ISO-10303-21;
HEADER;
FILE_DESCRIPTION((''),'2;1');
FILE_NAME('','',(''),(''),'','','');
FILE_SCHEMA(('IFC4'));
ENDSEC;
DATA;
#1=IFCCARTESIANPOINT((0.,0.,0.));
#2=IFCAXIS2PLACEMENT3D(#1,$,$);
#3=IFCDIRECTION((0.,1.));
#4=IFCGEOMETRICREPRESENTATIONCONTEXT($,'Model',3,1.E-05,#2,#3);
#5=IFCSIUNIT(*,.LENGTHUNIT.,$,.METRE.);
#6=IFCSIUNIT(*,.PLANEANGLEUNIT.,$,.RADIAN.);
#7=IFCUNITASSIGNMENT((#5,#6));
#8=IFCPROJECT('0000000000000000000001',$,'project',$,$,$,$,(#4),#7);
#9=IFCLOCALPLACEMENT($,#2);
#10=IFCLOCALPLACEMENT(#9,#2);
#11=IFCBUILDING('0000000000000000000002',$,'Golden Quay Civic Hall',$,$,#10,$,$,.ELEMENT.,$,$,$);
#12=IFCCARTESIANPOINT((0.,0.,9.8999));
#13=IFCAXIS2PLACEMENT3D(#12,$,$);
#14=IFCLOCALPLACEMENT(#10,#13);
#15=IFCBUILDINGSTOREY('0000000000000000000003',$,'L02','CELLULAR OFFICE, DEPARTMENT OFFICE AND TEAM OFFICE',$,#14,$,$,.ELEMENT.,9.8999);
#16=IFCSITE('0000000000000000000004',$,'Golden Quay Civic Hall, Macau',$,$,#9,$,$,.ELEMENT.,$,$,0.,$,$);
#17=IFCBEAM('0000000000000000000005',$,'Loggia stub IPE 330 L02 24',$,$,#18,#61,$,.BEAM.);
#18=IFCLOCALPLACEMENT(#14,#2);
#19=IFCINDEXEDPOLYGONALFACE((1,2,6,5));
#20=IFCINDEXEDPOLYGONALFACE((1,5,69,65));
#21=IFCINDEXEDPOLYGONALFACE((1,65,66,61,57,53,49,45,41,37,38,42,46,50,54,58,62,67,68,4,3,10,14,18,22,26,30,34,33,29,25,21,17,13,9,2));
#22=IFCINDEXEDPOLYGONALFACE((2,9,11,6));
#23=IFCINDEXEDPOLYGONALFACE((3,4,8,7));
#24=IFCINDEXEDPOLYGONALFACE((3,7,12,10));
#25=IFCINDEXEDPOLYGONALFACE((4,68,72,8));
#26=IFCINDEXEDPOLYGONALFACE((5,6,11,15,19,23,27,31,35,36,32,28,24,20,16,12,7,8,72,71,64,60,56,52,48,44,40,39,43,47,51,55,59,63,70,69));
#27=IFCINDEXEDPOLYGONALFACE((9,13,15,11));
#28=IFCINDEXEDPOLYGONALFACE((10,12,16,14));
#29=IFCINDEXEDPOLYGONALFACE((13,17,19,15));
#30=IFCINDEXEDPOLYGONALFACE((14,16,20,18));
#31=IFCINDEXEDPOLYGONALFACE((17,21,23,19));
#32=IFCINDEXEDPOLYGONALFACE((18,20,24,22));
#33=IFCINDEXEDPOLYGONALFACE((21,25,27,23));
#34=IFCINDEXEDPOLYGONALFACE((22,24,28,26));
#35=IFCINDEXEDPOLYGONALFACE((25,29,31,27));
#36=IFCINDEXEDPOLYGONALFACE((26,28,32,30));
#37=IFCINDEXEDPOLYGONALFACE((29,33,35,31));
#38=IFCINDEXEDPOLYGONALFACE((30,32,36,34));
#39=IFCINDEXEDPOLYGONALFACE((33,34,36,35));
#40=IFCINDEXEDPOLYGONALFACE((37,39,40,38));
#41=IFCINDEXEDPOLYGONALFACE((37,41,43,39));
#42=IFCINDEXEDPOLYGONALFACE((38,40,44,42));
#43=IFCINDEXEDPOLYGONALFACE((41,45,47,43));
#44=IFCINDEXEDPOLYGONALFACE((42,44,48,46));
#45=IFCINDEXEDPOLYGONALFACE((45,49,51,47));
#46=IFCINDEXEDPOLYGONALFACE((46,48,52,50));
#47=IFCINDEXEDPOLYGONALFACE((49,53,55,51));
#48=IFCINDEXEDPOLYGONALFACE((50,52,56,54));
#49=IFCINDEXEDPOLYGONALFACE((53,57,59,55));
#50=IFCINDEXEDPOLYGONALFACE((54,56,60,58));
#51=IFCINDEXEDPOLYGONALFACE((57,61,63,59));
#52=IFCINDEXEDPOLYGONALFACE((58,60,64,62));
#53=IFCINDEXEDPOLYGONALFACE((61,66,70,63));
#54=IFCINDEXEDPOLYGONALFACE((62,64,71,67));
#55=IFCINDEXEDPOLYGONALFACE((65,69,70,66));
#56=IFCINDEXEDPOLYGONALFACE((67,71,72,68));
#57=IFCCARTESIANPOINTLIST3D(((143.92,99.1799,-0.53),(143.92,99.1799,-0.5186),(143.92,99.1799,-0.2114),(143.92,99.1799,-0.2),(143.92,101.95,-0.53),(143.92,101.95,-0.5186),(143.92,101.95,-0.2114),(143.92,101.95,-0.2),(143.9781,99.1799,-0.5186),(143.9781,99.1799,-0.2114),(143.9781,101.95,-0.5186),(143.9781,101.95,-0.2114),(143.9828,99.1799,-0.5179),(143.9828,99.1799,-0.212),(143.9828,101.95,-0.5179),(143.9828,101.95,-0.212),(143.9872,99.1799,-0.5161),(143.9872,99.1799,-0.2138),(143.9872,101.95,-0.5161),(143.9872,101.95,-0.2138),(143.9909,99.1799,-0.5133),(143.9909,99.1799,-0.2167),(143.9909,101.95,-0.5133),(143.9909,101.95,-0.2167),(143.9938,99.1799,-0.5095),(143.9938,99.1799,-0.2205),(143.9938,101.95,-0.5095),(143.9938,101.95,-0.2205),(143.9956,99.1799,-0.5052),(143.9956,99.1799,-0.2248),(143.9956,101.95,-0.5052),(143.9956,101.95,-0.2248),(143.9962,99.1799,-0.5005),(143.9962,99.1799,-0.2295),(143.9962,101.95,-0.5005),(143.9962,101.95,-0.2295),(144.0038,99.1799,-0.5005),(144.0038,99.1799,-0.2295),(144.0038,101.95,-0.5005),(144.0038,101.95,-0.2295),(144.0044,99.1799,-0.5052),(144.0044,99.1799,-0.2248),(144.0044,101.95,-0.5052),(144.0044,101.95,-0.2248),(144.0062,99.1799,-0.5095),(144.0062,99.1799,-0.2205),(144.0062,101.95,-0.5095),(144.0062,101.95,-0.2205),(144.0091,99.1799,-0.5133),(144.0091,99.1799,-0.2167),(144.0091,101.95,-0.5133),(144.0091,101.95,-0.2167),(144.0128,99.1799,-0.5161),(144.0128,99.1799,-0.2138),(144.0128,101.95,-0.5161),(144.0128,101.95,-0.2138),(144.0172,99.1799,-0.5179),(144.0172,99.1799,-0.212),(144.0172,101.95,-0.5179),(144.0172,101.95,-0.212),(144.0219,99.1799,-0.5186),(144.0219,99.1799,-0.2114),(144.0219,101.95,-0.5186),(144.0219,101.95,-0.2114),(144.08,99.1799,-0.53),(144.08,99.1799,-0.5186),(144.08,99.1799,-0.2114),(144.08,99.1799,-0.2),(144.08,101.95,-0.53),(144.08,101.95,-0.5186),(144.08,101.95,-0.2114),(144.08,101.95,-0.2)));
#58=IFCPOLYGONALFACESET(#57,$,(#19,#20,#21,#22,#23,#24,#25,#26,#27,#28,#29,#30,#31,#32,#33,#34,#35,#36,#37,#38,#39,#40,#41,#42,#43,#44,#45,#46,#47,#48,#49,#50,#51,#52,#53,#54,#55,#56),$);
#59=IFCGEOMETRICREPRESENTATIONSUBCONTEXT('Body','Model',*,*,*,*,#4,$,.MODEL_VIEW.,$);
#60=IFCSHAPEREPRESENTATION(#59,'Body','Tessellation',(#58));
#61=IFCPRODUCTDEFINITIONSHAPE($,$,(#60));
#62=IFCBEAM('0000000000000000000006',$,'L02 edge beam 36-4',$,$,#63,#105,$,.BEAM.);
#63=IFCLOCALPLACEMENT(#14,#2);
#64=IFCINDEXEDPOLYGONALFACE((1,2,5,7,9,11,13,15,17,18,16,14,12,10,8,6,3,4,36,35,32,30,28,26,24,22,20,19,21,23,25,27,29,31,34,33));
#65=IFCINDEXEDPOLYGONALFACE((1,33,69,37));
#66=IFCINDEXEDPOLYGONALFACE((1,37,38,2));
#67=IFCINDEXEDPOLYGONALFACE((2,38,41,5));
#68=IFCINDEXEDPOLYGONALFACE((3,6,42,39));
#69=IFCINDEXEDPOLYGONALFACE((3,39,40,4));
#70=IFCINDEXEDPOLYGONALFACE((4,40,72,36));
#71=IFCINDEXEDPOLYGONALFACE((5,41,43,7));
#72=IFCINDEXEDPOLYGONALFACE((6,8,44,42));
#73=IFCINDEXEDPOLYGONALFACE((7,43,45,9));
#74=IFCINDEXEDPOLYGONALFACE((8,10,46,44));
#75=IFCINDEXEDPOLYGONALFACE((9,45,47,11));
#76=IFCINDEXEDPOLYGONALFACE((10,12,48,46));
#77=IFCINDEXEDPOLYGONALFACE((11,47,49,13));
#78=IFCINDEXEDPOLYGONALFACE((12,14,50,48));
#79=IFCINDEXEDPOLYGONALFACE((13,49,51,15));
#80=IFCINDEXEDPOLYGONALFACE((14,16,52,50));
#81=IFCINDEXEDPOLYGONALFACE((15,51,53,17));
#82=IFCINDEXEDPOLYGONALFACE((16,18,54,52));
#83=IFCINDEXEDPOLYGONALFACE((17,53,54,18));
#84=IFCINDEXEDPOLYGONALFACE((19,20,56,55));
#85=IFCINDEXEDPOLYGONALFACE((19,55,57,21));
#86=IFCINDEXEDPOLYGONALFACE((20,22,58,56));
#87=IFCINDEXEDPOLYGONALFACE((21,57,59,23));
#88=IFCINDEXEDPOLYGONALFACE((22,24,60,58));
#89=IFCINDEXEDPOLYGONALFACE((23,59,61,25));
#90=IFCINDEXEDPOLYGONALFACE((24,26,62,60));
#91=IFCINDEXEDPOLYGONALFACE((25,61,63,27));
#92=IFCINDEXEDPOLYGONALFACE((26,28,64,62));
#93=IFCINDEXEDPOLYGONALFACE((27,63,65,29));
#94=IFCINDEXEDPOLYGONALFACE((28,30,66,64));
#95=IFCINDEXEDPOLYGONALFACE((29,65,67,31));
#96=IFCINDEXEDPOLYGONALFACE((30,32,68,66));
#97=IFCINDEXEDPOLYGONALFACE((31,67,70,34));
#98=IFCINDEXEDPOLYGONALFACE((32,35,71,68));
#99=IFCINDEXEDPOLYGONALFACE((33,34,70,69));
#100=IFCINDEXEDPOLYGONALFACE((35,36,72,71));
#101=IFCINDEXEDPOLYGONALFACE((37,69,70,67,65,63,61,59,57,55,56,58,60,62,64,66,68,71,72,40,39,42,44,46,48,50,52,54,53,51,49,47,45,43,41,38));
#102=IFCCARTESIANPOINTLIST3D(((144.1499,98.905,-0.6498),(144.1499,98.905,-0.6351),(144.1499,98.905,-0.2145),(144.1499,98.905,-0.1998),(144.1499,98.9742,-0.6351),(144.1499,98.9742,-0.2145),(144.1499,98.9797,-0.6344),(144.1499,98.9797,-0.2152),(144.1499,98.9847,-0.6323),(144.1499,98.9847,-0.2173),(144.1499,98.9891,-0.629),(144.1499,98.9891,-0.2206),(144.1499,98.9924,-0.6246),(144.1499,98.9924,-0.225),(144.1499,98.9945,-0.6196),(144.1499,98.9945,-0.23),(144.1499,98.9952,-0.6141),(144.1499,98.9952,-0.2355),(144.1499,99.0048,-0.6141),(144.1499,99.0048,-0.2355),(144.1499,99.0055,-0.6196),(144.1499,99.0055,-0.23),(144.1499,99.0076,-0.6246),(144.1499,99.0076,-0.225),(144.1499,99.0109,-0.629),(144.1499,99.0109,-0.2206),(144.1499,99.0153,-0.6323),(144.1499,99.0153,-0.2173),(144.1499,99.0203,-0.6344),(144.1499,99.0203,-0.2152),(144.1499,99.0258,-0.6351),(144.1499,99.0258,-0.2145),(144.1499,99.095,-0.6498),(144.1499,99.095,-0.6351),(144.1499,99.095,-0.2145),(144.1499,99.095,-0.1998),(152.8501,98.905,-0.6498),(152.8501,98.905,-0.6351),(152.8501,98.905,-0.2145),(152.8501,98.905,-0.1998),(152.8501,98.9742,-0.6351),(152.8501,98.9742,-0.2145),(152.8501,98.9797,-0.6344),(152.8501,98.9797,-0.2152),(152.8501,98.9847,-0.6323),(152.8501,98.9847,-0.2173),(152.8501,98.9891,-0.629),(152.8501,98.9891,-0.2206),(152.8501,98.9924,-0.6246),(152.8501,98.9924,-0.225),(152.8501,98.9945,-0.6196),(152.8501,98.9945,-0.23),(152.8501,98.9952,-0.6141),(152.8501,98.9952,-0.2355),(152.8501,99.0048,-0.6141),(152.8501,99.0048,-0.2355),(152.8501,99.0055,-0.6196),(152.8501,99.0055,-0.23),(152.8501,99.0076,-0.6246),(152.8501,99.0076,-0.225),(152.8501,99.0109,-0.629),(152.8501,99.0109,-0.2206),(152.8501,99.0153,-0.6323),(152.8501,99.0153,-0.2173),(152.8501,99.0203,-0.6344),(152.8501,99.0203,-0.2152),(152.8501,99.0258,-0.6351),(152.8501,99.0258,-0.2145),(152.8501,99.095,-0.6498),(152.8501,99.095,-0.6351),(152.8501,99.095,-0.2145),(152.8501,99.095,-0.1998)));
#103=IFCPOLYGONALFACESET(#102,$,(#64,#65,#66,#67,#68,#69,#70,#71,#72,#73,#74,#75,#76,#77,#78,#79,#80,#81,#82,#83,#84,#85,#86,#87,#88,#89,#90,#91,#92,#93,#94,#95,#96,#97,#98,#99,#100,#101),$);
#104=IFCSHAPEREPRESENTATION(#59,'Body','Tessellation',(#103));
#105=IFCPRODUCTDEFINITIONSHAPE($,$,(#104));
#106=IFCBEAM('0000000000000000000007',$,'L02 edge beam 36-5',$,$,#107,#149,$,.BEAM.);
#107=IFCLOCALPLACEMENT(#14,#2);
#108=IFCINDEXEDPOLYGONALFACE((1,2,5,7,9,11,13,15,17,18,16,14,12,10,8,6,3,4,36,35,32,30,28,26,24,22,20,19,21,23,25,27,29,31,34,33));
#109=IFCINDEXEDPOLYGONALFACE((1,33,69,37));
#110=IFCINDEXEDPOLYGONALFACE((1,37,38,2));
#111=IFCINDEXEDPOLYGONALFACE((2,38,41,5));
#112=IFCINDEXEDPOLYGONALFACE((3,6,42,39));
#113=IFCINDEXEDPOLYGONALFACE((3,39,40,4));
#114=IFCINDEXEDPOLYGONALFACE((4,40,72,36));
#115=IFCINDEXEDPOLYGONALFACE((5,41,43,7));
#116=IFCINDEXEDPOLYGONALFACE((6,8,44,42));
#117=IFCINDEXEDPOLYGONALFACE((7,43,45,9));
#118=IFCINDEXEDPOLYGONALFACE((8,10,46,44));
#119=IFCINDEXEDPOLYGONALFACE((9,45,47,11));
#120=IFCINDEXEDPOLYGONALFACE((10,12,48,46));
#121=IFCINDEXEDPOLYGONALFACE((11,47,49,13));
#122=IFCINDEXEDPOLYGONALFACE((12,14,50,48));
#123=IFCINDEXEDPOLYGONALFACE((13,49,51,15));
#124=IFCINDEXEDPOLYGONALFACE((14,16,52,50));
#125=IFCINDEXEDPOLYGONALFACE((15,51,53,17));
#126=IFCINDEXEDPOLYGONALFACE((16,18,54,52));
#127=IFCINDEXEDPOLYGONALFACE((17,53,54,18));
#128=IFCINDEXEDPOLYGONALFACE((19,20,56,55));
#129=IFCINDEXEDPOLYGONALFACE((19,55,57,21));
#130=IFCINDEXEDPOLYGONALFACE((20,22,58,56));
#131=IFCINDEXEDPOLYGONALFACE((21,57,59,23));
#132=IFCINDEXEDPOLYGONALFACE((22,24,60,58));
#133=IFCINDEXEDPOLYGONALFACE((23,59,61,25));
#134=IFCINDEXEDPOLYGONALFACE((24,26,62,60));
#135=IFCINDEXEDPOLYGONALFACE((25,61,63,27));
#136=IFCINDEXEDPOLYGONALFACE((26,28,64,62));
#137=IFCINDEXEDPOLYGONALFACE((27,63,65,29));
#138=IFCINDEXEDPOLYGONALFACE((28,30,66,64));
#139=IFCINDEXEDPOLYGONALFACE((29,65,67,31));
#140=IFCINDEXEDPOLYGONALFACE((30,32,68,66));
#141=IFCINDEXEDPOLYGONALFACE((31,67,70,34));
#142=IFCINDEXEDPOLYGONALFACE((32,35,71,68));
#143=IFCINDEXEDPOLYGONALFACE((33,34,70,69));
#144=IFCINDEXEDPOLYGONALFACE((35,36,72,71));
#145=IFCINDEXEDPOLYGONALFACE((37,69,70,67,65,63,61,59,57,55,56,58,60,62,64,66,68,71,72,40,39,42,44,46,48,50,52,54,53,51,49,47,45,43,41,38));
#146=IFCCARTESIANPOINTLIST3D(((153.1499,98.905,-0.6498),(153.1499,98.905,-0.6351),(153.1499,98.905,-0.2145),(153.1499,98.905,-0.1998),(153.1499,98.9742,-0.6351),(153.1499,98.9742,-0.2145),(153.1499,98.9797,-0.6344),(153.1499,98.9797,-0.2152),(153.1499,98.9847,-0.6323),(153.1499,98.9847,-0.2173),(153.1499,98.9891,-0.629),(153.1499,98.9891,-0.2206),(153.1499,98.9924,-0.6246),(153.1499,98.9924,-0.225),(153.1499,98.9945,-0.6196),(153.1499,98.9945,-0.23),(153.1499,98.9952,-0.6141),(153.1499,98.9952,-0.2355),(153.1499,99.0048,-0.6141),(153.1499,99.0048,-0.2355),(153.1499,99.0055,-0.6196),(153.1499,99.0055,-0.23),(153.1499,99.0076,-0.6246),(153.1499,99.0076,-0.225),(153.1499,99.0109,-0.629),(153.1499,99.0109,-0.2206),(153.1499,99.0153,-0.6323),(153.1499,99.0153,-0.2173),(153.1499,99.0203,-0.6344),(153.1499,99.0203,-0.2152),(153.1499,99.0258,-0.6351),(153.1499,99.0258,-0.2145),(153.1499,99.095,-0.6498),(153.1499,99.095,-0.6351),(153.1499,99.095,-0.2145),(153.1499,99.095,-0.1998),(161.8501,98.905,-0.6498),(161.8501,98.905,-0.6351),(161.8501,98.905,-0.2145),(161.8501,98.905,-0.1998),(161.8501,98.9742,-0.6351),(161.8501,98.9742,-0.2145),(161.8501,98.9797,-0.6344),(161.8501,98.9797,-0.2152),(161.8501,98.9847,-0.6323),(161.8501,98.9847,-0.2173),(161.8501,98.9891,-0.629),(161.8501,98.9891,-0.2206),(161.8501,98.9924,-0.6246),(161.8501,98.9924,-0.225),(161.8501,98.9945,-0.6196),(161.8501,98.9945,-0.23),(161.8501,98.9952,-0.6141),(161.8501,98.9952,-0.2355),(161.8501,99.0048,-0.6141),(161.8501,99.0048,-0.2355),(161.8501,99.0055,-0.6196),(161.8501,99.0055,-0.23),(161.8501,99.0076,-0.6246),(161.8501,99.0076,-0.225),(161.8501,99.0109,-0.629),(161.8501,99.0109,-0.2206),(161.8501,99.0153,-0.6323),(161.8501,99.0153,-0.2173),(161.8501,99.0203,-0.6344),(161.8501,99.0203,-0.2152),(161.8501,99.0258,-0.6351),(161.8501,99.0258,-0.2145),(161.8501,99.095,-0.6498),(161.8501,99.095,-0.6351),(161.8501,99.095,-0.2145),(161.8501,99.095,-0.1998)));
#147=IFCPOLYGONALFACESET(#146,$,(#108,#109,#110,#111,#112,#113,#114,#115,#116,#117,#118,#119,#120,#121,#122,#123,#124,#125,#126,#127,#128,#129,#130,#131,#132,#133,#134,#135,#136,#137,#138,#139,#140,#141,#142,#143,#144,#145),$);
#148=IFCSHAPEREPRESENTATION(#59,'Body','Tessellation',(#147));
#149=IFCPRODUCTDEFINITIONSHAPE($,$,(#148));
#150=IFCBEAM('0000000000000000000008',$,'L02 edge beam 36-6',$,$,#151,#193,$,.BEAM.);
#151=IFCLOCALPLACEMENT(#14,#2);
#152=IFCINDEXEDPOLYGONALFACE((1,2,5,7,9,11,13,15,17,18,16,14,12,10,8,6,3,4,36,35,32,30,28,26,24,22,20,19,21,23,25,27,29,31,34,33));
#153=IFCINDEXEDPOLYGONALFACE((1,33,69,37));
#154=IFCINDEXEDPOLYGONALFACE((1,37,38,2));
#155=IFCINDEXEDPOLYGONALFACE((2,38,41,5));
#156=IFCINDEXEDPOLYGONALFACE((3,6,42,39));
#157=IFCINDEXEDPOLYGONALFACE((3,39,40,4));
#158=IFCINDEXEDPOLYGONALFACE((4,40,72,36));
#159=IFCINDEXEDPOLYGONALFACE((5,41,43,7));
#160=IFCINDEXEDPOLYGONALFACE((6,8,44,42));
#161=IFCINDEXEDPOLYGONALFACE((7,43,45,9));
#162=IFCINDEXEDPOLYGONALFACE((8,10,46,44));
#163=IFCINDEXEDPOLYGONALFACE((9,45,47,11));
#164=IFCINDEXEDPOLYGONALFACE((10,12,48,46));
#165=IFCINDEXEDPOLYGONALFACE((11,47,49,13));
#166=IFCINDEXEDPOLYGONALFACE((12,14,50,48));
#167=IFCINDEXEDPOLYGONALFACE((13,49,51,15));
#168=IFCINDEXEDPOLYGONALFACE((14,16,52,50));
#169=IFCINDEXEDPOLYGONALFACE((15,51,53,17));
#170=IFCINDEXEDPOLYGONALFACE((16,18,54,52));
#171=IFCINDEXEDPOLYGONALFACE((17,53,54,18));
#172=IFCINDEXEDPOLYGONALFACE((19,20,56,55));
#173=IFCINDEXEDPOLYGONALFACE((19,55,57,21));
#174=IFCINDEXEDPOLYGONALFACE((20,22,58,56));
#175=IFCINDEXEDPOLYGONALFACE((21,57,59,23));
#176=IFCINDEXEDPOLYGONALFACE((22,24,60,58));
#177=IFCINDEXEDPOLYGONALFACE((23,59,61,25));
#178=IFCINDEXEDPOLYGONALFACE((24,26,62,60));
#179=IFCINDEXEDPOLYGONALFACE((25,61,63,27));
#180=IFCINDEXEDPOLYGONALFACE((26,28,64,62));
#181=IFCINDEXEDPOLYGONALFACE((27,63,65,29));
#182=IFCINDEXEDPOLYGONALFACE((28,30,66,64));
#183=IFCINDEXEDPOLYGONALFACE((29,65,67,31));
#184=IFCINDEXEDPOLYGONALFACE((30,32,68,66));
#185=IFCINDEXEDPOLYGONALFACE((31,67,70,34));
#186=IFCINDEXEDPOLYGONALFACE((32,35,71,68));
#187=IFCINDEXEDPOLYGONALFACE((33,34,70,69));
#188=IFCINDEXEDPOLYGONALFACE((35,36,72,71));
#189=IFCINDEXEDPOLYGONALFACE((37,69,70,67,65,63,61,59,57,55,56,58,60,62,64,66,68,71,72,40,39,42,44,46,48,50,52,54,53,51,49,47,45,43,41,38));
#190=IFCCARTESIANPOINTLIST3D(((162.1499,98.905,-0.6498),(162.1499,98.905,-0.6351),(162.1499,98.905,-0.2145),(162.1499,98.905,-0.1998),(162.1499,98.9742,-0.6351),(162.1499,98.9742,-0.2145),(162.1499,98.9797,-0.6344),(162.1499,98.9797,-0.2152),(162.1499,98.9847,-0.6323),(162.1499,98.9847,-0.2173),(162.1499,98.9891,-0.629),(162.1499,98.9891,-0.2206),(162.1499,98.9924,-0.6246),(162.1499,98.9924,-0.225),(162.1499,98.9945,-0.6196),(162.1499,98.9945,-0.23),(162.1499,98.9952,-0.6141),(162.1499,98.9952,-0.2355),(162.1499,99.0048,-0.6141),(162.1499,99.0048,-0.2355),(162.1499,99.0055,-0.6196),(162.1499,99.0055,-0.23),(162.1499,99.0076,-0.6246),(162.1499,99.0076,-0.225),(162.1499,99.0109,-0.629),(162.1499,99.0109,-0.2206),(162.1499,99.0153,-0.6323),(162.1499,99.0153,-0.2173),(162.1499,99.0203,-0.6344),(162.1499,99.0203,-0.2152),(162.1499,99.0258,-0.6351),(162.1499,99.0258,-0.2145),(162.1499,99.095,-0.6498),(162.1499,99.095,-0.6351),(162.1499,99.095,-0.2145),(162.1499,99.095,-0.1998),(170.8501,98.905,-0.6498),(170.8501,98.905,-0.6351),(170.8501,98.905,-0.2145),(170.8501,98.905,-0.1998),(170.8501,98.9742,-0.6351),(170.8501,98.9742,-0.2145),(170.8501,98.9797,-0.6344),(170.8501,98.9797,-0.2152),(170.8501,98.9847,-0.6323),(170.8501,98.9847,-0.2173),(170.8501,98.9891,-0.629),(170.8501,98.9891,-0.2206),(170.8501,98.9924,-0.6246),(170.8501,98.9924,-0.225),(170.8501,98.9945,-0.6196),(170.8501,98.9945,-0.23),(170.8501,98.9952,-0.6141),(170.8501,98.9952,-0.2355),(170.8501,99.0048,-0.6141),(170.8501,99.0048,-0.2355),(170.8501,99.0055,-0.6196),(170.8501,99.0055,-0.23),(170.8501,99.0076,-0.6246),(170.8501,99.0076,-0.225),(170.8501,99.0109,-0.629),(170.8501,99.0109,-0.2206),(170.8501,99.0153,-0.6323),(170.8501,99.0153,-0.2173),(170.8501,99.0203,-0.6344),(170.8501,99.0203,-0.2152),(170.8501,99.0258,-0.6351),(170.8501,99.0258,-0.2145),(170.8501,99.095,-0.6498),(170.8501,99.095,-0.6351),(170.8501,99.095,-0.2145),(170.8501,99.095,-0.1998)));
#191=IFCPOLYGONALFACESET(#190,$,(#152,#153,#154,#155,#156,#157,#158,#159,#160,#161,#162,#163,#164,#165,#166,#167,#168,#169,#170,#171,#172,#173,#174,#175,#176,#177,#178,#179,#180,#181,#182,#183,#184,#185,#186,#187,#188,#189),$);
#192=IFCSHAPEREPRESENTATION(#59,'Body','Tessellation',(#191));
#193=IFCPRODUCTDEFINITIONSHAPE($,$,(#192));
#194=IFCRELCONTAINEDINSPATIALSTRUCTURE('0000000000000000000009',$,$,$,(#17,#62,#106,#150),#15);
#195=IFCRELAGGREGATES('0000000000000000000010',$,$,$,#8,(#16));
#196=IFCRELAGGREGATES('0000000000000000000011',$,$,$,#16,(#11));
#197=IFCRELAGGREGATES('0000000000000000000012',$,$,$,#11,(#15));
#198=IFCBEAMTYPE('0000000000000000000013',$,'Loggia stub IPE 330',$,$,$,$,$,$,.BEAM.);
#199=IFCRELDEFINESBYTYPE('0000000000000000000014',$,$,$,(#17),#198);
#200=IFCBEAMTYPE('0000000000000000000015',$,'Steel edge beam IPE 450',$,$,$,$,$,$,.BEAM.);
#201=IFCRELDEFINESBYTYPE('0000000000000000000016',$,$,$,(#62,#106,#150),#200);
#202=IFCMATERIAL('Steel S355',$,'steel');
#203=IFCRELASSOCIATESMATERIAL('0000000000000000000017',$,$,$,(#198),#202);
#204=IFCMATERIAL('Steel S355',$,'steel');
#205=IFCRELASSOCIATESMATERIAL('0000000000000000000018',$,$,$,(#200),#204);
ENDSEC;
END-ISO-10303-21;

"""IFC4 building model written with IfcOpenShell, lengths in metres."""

from ifc_helpers import new_model, si_unit, direction, frame, origin, origin_2d, place, context, subcontext, project, spatial, i_section, extrude, material, material_profile, profile_set, type_object, element, save


model = new_model("IFC4")

# Units and contexts
model_context = context("Model", 3, precision=1e-05, world=origin(), true_north=direction((0.0, 1.0)))
body_context = subcontext(model_context, "Body", "Model", "MODEL_VIEW")
ifc_project = project(units=[si_unit("LENGTHUNIT", "METRE"), si_unit("PLANEANGLEUNIT", "RADIAN")], contexts=[model_context])

# Site, building, storey
site_placement = place(None, origin())
site = spatial("IfcSite", under=ifc_project, at=site_placement, Name="Golden Quay Civic Hall, Macau", CompositionType="ELEMENT", RefElevation=0.0)
building_placement = place(site_placement, origin())
building = spatial("IfcBuilding", under=site, at=building_placement, Name="Golden Quay Civic Hall", CompositionType="ELEMENT")
storey_placement = place(building_placement, frame((0.0, 0.0, 9.8999)))
storey = spatial("IfcBuildingStorey", under=building, at=storey_placement, Name="L02", Description="CELLULAR OFFICE, DEPARTMENT OFFICE AND TEAM OFFICE", CompositionType="ELEMENT", Elevation=9.8999)

# Beams
ifc_material_1 = material(Name="Steel S355", Category="steel")
ifc_material_profile_1 = material_profile(ifc_material_1, i_section(OverallWidth=0.1599, OverallDepth=0.3301, WebThickness=0.0076, FlangeThickness=0.0115, FilletRadius=0.0181, at=origin_2d()), Name="IPE 330")
ifc_profile_set_1 = profile_set([ifc_material_profile_1], Name="Steel S355")
beam_type_1 = type_object("IfcBeamType", Name="Loggia stub IPE 330", PredefinedType="BEAM", material=ifc_profile_set_1)
beam_1_placement = place(storey_placement, frame((144.0, 99.1799, -0.365), z_axis=(0.0, 1.0, 0.0), x_axis=(-1.0, 0.0, 0.0)))
element("IfcBeam", 1, at=beam_1_placement, inside=storey, type_object=beam_type_1, Name="Loggia stub IPE 330 L02 24", PredefinedType="BEAM", context=body_context, shape_type="SweptSolid", body=[
    extrude(i_section(OverallWidth=0.1599, OverallDepth=0.3301, WebThickness=0.0076, FlangeThickness=0.0115, FilletRadius=0.0181, at=origin_2d()), origin(), (0.0, 0.0, 1.0), 2.77),
])
ifc_material_2 = material(Name="Steel S355", Category="steel")
ifc_material_profile_2 = material_profile(ifc_material_2, i_section(OverallWidth=0.1899, OverallDepth=0.45, WebThickness=0.0095, FlangeThickness=0.0146, FilletRadius=0.021, at=origin_2d()), Name="IPE 450")
ifc_profile_set_2 = profile_set([ifc_material_profile_2], Name="Steel S355")
beam_type_2 = type_object("IfcBeamType", Name="Steel edge beam IPE 450", PredefinedType="BEAM", material=ifc_profile_set_2)
for number, where, z_axis, x_axis, name in (
    (2, (144.1499, 99.0, -0.4248), (1.0, 0.0, 0.0), (0.0, 1.0, 0.0), "L02 edge beam 36-4"),
    (3, (153.1499, 99.0, -0.4248), (1.0, 0.0, 0.0), (0.0, 1.0, 0.0), "L02 edge beam 36-5"),
    (4, (162.1499, 99.0, -0.4248), (1.0, 0.0, 0.0), (0.0, 1.0, 0.0), "L02 edge beam 36-6"),
):
    element("IfcBeam", number, at=place(storey_placement, frame(where, z_axis=z_axis, x_axis=x_axis)), inside=storey, type_object=beam_type_2, Name=name, PredefinedType="BEAM", context=body_context, shape_type="SweptSolid", body=[
        extrude(i_section(OverallWidth=0.1899, OverallDepth=0.45, WebThickness=0.0095, FlangeThickness=0.0146, FilletRadius=0.021, at=origin_2d()), origin(), (0.0, 0.0, 1.0), 8.7002),
    ])

save(model, "model.ifc")
